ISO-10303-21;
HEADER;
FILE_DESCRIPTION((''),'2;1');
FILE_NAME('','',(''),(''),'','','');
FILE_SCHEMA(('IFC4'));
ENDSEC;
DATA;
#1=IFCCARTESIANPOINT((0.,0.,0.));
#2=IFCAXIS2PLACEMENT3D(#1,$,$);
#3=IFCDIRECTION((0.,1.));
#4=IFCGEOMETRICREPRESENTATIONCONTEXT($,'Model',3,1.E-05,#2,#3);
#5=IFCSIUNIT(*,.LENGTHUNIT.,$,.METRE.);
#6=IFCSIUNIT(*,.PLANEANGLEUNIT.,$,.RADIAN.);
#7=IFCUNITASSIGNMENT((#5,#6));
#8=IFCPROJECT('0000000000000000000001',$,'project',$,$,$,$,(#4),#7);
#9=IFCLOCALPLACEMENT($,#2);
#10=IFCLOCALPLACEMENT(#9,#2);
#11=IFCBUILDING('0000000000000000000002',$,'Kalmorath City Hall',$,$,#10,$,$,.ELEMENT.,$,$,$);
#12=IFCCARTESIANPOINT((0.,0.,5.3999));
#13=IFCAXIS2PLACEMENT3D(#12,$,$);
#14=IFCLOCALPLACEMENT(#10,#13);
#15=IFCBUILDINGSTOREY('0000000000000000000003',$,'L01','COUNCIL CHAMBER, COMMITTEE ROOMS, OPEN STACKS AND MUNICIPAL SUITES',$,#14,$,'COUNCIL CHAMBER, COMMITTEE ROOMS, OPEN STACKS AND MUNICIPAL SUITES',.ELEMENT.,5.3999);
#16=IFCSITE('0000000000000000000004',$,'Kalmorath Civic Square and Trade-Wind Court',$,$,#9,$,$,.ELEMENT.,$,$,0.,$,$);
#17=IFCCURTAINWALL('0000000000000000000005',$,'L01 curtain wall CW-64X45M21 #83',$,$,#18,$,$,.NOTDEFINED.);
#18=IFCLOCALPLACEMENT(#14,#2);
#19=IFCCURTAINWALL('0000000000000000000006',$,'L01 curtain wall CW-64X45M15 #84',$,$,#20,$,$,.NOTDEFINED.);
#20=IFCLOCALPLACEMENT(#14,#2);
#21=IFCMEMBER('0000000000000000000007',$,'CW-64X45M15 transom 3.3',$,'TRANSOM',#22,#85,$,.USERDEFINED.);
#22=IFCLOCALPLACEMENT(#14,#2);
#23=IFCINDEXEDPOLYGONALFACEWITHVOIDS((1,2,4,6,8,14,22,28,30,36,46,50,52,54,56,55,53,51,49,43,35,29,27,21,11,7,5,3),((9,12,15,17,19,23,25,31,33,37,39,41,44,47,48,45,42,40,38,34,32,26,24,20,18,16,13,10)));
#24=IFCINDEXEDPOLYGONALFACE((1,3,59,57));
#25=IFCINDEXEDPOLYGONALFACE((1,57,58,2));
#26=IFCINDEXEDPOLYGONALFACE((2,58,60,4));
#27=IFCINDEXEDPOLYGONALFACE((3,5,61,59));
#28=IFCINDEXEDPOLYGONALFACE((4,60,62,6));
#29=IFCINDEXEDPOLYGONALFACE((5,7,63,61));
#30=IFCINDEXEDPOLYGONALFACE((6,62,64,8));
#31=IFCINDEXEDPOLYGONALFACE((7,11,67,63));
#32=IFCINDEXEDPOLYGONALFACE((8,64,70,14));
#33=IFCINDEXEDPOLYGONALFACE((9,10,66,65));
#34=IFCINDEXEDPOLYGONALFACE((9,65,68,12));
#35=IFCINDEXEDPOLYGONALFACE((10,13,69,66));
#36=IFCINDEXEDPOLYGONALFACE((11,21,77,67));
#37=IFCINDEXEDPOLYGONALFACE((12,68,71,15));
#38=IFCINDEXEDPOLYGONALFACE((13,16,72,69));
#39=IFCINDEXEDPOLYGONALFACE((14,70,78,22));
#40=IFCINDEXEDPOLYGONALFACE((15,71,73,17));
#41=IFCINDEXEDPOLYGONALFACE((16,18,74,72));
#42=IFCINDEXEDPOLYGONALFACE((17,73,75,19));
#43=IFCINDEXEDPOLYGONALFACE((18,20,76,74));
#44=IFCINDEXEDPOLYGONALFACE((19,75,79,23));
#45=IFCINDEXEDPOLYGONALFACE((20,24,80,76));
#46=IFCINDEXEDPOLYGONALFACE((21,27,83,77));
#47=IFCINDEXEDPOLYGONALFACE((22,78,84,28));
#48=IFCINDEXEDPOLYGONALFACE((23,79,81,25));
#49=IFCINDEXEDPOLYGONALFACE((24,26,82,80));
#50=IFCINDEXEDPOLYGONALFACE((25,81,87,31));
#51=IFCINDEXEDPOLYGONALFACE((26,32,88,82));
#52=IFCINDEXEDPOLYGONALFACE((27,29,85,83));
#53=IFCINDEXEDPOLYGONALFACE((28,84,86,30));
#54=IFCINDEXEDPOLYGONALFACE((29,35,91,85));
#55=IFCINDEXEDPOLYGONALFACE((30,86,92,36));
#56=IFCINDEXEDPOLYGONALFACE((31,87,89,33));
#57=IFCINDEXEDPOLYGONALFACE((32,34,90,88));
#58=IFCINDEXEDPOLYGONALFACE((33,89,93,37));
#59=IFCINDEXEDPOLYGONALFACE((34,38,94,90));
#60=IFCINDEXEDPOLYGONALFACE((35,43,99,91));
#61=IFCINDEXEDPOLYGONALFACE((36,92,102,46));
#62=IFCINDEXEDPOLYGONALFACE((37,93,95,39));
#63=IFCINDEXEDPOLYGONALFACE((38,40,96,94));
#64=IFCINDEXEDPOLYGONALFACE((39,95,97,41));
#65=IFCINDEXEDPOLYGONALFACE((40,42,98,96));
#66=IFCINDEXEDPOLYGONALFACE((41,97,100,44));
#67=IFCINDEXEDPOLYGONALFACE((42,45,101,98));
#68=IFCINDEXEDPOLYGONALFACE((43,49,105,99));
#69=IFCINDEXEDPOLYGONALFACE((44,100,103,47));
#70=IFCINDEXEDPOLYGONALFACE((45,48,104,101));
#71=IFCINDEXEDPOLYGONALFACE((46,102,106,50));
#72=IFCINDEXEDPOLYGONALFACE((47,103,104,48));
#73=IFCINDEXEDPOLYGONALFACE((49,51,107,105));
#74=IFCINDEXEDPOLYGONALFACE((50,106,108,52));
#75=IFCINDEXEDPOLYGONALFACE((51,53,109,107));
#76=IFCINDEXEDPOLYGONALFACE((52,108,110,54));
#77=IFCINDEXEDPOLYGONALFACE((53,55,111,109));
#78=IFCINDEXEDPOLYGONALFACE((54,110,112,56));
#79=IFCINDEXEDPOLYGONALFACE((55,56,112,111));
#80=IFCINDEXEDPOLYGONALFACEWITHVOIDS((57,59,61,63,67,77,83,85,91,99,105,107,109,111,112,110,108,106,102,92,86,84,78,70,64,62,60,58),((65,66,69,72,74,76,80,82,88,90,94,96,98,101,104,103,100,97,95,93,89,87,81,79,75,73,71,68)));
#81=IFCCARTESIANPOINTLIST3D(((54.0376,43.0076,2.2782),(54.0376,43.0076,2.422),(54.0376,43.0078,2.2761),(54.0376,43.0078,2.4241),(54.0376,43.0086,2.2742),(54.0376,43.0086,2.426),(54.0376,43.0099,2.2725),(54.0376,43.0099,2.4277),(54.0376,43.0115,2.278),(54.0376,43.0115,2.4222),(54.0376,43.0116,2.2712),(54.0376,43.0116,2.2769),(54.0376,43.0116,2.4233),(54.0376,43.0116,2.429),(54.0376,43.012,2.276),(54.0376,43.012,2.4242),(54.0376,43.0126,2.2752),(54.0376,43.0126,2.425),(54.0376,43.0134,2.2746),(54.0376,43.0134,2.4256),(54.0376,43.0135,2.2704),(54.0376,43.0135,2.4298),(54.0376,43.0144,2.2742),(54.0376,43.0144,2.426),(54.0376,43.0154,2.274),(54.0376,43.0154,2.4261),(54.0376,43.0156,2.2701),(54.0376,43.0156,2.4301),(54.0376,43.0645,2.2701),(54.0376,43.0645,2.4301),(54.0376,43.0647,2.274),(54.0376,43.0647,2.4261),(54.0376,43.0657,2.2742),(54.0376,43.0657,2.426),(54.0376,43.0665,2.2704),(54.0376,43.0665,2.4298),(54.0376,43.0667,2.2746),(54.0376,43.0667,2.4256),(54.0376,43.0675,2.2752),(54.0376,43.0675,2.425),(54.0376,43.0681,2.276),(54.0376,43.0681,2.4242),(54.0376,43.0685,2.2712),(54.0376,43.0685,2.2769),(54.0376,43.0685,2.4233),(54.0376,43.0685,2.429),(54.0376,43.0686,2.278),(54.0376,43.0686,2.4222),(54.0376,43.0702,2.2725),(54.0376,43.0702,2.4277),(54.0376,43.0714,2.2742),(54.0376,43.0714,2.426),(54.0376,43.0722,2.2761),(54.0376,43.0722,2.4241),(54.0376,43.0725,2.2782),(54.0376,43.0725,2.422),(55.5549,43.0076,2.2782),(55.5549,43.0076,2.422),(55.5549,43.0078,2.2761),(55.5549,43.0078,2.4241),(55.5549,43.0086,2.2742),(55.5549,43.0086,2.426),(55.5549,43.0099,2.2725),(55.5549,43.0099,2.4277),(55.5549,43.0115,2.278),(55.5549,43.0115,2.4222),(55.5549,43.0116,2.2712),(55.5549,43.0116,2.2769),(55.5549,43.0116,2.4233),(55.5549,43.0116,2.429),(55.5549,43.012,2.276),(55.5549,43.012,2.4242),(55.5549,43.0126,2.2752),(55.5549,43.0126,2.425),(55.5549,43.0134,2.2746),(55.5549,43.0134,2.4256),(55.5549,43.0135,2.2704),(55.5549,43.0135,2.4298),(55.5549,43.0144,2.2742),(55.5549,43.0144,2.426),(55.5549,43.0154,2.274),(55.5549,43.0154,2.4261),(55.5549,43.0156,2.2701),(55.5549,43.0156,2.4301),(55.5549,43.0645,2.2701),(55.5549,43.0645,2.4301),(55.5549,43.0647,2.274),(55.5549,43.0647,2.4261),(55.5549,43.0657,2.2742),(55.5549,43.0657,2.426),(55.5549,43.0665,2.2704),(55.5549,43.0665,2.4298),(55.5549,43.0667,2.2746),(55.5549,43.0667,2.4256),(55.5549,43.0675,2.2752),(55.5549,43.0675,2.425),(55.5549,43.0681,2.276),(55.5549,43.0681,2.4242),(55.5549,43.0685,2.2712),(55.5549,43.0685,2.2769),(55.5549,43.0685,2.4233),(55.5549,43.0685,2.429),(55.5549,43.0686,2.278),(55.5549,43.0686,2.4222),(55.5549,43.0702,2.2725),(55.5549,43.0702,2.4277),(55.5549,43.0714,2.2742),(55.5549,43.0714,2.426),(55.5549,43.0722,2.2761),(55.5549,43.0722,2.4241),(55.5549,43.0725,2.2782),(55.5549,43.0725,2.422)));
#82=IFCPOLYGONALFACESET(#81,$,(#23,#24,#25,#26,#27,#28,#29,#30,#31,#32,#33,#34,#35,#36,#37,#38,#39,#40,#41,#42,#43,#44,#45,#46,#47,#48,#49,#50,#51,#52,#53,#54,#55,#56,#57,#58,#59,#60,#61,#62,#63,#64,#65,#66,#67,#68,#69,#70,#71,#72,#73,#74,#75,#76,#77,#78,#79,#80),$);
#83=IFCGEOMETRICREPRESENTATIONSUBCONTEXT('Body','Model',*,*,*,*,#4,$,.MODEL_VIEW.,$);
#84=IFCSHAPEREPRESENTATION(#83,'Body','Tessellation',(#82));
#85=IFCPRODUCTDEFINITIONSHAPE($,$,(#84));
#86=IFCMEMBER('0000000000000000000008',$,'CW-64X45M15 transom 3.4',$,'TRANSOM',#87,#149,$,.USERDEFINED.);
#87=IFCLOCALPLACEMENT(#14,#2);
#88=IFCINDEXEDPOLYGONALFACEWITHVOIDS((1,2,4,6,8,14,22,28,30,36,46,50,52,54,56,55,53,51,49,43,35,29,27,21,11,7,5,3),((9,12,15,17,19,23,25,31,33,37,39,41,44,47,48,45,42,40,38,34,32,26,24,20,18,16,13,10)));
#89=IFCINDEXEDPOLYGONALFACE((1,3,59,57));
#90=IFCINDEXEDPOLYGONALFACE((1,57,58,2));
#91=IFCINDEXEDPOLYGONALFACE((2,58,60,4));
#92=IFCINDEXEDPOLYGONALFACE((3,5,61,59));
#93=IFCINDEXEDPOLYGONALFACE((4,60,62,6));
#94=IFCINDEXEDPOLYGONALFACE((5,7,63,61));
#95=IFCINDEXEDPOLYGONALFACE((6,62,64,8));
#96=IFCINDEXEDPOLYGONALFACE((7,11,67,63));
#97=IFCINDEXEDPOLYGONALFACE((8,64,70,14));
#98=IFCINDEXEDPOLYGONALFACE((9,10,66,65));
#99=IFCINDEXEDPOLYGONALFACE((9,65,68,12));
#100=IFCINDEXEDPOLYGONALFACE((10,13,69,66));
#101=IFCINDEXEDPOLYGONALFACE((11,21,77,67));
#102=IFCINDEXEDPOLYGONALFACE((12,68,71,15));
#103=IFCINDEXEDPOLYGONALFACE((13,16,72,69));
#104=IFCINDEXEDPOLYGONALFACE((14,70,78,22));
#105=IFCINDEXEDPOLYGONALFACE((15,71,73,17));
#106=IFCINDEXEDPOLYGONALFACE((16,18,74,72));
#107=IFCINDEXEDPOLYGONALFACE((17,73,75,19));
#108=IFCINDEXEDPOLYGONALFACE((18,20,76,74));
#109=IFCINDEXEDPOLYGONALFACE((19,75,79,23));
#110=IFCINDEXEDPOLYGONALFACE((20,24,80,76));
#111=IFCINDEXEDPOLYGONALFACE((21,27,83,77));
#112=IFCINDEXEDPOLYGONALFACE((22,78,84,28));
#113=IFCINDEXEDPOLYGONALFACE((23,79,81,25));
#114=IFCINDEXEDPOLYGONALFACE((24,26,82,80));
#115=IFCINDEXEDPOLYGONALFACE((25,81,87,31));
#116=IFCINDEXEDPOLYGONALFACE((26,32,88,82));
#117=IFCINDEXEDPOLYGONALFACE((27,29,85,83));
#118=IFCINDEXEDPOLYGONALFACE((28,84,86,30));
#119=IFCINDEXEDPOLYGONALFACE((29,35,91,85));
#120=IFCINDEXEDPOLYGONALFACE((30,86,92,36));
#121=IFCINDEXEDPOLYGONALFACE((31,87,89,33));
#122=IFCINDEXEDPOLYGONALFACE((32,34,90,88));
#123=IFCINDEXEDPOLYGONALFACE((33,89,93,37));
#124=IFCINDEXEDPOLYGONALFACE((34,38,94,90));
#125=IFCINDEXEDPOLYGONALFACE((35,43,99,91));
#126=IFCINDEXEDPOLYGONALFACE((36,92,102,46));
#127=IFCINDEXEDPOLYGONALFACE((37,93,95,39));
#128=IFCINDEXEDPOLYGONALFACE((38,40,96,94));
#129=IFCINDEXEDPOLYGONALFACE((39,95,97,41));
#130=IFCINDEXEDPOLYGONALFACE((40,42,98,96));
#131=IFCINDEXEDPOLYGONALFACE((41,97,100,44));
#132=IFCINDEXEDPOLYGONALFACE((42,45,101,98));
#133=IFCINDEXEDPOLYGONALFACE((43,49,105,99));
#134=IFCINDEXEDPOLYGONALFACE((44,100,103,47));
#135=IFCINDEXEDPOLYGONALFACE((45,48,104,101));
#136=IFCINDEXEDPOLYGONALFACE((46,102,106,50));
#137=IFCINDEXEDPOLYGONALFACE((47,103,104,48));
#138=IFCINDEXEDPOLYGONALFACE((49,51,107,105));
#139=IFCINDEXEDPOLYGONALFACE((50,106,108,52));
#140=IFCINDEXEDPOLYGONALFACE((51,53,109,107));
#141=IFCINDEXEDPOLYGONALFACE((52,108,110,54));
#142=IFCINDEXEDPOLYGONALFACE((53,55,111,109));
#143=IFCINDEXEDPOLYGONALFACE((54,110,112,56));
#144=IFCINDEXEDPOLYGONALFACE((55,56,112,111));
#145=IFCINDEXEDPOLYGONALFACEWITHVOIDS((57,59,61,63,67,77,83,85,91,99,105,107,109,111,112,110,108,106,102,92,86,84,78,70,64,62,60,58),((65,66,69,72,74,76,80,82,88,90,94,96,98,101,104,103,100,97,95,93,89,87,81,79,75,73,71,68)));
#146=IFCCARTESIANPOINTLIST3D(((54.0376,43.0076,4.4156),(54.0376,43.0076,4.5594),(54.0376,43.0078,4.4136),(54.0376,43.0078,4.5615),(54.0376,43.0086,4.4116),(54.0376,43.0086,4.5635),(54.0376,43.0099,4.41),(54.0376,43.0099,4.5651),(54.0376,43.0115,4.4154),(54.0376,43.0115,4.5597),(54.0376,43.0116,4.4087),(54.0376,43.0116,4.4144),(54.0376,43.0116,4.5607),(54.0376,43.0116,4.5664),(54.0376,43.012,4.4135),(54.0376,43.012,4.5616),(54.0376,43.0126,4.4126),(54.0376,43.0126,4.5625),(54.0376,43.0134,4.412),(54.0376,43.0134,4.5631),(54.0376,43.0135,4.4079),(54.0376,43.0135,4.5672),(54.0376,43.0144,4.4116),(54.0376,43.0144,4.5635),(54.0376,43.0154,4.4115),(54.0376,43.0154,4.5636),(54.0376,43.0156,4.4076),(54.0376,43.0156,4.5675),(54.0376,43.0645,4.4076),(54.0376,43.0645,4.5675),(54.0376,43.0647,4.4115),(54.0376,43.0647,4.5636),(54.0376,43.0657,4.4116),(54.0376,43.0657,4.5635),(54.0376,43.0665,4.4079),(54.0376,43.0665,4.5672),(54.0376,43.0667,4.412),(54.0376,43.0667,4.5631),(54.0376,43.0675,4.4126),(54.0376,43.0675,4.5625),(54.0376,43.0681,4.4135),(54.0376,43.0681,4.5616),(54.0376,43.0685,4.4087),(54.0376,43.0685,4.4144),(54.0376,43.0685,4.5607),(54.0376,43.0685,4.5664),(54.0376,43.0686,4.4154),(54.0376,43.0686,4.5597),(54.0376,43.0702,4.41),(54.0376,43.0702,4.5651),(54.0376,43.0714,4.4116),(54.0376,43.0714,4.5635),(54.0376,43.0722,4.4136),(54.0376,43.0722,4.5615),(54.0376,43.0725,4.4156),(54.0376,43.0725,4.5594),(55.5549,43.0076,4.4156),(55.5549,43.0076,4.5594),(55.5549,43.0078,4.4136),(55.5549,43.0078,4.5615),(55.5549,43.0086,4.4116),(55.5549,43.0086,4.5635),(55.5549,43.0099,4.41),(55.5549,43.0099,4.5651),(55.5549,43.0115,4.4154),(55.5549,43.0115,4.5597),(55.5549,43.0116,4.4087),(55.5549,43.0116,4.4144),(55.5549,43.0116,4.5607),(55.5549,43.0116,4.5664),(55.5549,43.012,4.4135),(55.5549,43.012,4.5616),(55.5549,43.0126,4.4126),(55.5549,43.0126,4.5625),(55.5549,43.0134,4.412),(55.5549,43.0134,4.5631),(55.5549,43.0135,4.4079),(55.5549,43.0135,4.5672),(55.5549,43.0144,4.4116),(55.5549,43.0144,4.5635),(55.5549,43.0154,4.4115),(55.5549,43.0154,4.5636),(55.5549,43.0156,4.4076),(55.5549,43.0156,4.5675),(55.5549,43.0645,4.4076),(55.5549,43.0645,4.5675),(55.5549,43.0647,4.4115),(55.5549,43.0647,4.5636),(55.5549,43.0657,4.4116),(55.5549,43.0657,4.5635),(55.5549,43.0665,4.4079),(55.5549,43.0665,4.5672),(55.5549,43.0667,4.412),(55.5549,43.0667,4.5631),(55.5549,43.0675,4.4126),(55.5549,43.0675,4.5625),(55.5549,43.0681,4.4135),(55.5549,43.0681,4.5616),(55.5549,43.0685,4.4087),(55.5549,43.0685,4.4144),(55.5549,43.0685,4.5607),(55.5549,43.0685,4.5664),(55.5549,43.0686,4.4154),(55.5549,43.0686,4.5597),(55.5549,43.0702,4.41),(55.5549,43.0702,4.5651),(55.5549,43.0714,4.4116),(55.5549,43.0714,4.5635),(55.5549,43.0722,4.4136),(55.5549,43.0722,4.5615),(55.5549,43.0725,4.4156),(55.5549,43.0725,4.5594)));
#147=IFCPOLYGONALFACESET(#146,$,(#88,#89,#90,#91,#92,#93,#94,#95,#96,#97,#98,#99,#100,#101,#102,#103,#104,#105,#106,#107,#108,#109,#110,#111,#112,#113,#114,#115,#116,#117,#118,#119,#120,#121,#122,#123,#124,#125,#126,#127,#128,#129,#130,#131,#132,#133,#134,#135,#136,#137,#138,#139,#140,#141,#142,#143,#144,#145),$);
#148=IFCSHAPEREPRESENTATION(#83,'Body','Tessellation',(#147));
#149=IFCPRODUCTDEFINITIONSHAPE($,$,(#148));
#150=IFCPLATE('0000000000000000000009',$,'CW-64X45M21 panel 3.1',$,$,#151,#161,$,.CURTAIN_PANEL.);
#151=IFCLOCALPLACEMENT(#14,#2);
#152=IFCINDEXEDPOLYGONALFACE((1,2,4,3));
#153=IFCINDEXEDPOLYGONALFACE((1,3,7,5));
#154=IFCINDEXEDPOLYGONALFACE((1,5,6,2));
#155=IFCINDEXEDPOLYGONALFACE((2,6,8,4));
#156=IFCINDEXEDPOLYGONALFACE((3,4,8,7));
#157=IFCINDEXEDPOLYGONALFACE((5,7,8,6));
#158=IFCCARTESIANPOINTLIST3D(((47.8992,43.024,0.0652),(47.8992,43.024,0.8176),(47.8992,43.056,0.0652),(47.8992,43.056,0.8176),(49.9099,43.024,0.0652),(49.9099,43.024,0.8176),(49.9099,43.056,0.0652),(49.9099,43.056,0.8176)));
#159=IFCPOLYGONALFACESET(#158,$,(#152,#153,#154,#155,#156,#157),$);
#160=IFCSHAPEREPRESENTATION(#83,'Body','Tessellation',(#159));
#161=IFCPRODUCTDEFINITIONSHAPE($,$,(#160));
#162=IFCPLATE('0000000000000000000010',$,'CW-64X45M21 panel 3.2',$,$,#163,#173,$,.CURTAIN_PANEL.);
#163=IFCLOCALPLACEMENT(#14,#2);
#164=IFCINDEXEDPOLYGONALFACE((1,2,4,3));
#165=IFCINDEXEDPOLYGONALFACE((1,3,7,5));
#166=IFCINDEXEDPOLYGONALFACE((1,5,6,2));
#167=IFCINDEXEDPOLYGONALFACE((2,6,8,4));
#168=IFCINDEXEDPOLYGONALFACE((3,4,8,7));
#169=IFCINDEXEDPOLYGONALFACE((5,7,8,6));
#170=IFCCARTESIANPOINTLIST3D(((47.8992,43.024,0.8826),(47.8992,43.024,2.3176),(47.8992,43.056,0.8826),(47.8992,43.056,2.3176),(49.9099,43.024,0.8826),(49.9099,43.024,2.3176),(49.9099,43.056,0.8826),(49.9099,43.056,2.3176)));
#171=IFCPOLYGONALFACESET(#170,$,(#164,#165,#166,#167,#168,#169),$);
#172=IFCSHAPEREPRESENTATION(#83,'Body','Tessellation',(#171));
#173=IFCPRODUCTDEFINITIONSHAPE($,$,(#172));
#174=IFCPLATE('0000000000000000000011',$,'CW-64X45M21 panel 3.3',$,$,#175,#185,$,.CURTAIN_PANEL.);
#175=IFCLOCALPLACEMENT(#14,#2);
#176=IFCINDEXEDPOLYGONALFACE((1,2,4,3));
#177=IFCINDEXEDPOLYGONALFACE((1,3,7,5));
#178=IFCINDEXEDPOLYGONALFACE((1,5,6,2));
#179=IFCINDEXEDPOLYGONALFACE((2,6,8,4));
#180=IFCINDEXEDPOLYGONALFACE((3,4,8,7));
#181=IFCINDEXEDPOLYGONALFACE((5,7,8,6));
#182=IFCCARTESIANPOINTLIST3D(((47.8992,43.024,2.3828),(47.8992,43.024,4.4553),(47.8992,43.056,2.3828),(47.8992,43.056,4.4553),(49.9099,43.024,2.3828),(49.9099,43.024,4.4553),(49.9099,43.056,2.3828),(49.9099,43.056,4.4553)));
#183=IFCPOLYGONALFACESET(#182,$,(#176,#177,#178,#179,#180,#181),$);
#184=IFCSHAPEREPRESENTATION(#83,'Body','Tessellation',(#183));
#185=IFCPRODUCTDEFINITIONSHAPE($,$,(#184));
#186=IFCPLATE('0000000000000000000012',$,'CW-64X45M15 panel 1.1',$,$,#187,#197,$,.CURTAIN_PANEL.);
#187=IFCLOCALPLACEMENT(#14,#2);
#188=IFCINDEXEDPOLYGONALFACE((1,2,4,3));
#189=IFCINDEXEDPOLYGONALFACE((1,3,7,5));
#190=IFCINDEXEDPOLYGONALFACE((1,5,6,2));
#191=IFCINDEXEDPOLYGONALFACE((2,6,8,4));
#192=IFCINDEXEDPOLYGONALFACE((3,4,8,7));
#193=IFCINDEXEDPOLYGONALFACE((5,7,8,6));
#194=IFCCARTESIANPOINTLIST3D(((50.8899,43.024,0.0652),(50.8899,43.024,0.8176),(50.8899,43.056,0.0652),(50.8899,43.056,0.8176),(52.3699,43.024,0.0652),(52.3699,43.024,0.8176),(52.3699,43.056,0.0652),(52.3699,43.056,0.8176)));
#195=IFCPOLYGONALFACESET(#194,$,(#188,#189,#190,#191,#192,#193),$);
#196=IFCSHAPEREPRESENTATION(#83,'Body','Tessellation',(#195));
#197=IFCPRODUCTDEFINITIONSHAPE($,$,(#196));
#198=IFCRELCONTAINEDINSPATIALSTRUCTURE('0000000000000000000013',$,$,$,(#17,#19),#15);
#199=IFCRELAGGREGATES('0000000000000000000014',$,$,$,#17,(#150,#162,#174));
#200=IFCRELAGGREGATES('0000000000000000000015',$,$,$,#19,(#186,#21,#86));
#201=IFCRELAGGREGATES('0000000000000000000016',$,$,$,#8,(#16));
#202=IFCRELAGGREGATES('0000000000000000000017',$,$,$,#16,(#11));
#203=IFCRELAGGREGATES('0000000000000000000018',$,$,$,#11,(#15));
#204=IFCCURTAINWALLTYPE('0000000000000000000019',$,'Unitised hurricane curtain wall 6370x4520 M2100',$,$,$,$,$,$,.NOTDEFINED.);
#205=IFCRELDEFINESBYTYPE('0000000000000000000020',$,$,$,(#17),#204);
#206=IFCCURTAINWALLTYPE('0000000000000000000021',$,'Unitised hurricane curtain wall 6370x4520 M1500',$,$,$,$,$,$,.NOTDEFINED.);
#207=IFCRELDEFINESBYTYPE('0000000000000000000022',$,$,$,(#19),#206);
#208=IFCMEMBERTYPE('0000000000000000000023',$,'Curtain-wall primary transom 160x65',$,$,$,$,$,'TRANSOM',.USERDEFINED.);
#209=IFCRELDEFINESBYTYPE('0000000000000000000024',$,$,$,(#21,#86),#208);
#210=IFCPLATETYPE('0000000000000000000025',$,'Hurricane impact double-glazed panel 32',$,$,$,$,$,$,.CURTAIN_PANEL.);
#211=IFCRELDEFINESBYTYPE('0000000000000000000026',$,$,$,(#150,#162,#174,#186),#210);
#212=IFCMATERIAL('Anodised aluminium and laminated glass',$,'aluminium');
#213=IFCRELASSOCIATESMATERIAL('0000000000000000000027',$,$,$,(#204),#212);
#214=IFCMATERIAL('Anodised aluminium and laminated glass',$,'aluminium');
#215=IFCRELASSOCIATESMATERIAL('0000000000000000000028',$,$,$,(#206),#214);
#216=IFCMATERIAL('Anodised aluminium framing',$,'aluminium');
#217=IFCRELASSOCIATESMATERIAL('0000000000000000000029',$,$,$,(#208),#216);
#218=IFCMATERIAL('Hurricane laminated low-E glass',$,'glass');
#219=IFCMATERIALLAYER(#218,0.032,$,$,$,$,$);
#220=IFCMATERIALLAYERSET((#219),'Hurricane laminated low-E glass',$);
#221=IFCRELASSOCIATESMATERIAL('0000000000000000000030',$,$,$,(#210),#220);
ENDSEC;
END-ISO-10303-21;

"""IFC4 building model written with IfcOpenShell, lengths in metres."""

from ifc_helpers import new_model, si_unit, direction, frame, origin, origin_2d, place, context, subcontext, project, spatial, rectangle, hollow_rectangle, extrude, material, layer, layer_set, material_profile, profile_set, type_object, element, aggregate, save


model = new_model("IFC4")

# Units and contexts
model_context = context("Model", 3, precision=1e-05, world=origin(), true_north=direction((0.0, 1.0)))
body_context = subcontext(model_context, "Body", "Model", "MODEL_VIEW")
ifc_project = project(units=[si_unit("LENGTHUNIT", "METRE"), si_unit("PLANEANGLEUNIT", "RADIAN")], contexts=[model_context])

# Site, building, storey
site_placement = place(None, origin())
site = spatial("IfcSite", under=ifc_project, at=site_placement, Name="Kalmorath Civic Square and Trade-Wind Court", CompositionType="ELEMENT", RefElevation=0.0)
building_placement = place(site_placement, origin())
building = spatial("IfcBuilding", under=site, at=building_placement, Name="Kalmorath City Hall", CompositionType="ELEMENT")
storey_placement = place(building_placement, frame((0.0, 0.0, 5.3999)))
storey = spatial("IfcBuildingStorey", under=building, at=storey_placement, Name="L01", Description="COUNCIL CHAMBER, COMMITTEE ROOMS, OPEN STACKS AND MUNICIPAL SUITES", LongName="COUNCIL CHAMBER, COMMITTEE ROOMS, OPEN STACKS AND MUNICIPAL SUITES", CompositionType="ELEMENT", Elevation=5.3999)

# Curtain wall
ifc_material_1 = material(Name="Anodised aluminium and laminated glass", Category="aluminium")
curtain_wall_type_1 = type_object("IfcCurtainWallType", Name="Unitised hurricane curtain wall 6370x4520 M2100", PredefinedType="NOTDEFINED", material=ifc_material_1)
curtain_wall_1_placement = place(storey_placement, origin())
curtain_wall_1 = element("IfcCurtainWall", 1, at=curtain_wall_1_placement, inside=storey, type_object=curtain_wall_type_1, Name="L01 curtain wall CW-64X45M21 #83", PredefinedType="NOTDEFINED")

# Curtain wall, members
ifc_material_2 = material(Name="Anodised aluminium and laminated glass", Category="aluminium")
curtain_wall_type_2 = type_object("IfcCurtainWallType", Name="Unitised hurricane curtain wall 6370x4520 M1500", PredefinedType="NOTDEFINED", material=ifc_material_2)
curtain_wall_2_placement = place(storey_placement, origin())
curtain_wall_2 = element("IfcCurtainWall", 2, at=curtain_wall_2_placement, inside=storey, type_object=curtain_wall_type_2, Name="L01 curtain wall CW-64X45M15 #84", PredefinedType="NOTDEFINED")
ifc_material_3 = material(Name="Anodised aluminium framing", Category="aluminium")
ifc_material_profile_1 = material_profile(ifc_material_3, hollow_rectangle(XDim=0.0649, YDim=0.1599, WallThickness=0.0039, InnerFilletRadius=0.0039, OuterFilletRadius=0.0081, at=origin_2d()), Name="ALU-TRN-160X65X4")
ifc_profile_set_1 = profile_set([ifc_material_profile_1], Name="Anodised aluminium framing")
member_type_1 = type_object("IfcMemberType", Name="Curtain-wall primary transom 160x65", ElementType="TRANSOM", PredefinedType="USERDEFINED", material=ifc_profile_set_1)
member_1_placement = place(storey_placement, frame((54.0376, 43.04, 2.3501), z_axis=(1.0, 0.0, 0.0), x_axis=(0.0, 1.0, 0.0)))
member_1 = element("IfcMember", 3, at=member_1_placement, type_object=member_type_1, Name="CW-64X45M15 transom 3.3", ObjectType="TRANSOM", PredefinedType="USERDEFINED", context=body_context, shape_type="SweptSolid", body=[
    extrude(hollow_rectangle(XDim=0.0649, YDim=0.1599, WallThickness=0.0039, InnerFilletRadius=0.0039, OuterFilletRadius=0.0081, at=origin_2d()), origin(), (0.0, 0.0, 1.0), 1.5173),
])
member_2_placement = place(storey_placement, frame((54.0376, 43.04, 4.4875), z_axis=(1.0, 0.0, 0.0), x_axis=(0.0, 1.0, 0.0)))
member_2 = element("IfcMember", 4, at=member_2_placement, type_object=member_type_1, Name="CW-64X45M15 transom 3.4", ObjectType="TRANSOM", PredefinedType="USERDEFINED", context=body_context, shape_type="SweptSolid", body=[
    extrude(hollow_rectangle(XDim=0.0649, YDim=0.1599, WallThickness=0.0039, InnerFilletRadius=0.0039, OuterFilletRadius=0.0081, at=origin_2d()), origin(), (0.0, 0.0, 1.0), 1.5173),
])

# Plates
ifc_material_4 = material(Name="Hurricane laminated low-E glass", Category="glass")
ifc_layer = layer(ifc_material_4, 0.032)
ifc_layer_set = layer_set([ifc_layer], Name="Hurricane laminated low-E glass")
plate_type = type_object("IfcPlateType", Name="Hurricane impact double-glazed panel 32", PredefinedType="CURTAIN_PANEL", material=ifc_layer_set)
plate_1_placement = place(storey_placement, frame((48.9045, 43.04, 0.0652), z_axis=(0.0, 0.0, 1.0), x_axis=(1.0, 0.0, 0.0)))
plate_1 = element("IfcPlate", 5, at=plate_1_placement, type_object=plate_type, Name="CW-64X45M21 panel 3.1", PredefinedType="CURTAIN_PANEL", context=body_context, shape_type="SweptSolid", body=[
    extrude(rectangle(XDim=2.0107, YDim=0.032, at=origin_2d()), origin(), (0.0, 0.0, 1.0), 0.7524),
])
plate_2_placement = place(storey_placement, frame((48.9045, 43.04, 0.8826), z_axis=(0.0, 0.0, 1.0), x_axis=(1.0, 0.0, 0.0)))
plate_2 = element("IfcPlate", 6, at=plate_2_placement, type_object=plate_type, Name="CW-64X45M21 panel 3.2", PredefinedType="CURTAIN_PANEL", context=body_context, shape_type="SweptSolid", body=[
    extrude(rectangle(XDim=2.0107, YDim=0.032, at=origin_2d()), origin(), (0.0, 0.0, 1.0), 1.4351),
])
plate_3_placement = place(storey_placement, frame((48.9045, 43.04, 2.3828), z_axis=(0.0, 0.0, 1.0), x_axis=(1.0, 0.0, 0.0)))
plate_3 = element("IfcPlate", 7, at=plate_3_placement, type_object=plate_type, Name="CW-64X45M21 panel 3.3", PredefinedType="CURTAIN_PANEL", context=body_context, shape_type="SweptSolid", body=[
    extrude(rectangle(XDim=2.0107, YDim=0.032, at=origin_2d()), origin(), (0.0, 0.0, 1.0), 2.0725),
])
aggregate(curtain_wall_1, [plate_1, plate_2, plate_3])
plate_4_placement = place(storey_placement, frame((51.6299, 43.04, 0.0652), z_axis=(0.0, 0.0, 1.0), x_axis=(1.0, 0.0, 0.0)))
plate_4 = element("IfcPlate", 8, at=plate_4_placement, type_object=plate_type, Name="CW-64X45M15 panel 1.1", PredefinedType="CURTAIN_PANEL", context=body_context, shape_type="SweptSolid", body=[
    extrude(rectangle(XDim=1.48, YDim=0.032, at=origin_2d()), origin(), (0.0, 0.0, 1.0), 0.7524),
])
aggregate(curtain_wall_2, [plate_4, member_1, member_2])

save(model, "model.ifc")
